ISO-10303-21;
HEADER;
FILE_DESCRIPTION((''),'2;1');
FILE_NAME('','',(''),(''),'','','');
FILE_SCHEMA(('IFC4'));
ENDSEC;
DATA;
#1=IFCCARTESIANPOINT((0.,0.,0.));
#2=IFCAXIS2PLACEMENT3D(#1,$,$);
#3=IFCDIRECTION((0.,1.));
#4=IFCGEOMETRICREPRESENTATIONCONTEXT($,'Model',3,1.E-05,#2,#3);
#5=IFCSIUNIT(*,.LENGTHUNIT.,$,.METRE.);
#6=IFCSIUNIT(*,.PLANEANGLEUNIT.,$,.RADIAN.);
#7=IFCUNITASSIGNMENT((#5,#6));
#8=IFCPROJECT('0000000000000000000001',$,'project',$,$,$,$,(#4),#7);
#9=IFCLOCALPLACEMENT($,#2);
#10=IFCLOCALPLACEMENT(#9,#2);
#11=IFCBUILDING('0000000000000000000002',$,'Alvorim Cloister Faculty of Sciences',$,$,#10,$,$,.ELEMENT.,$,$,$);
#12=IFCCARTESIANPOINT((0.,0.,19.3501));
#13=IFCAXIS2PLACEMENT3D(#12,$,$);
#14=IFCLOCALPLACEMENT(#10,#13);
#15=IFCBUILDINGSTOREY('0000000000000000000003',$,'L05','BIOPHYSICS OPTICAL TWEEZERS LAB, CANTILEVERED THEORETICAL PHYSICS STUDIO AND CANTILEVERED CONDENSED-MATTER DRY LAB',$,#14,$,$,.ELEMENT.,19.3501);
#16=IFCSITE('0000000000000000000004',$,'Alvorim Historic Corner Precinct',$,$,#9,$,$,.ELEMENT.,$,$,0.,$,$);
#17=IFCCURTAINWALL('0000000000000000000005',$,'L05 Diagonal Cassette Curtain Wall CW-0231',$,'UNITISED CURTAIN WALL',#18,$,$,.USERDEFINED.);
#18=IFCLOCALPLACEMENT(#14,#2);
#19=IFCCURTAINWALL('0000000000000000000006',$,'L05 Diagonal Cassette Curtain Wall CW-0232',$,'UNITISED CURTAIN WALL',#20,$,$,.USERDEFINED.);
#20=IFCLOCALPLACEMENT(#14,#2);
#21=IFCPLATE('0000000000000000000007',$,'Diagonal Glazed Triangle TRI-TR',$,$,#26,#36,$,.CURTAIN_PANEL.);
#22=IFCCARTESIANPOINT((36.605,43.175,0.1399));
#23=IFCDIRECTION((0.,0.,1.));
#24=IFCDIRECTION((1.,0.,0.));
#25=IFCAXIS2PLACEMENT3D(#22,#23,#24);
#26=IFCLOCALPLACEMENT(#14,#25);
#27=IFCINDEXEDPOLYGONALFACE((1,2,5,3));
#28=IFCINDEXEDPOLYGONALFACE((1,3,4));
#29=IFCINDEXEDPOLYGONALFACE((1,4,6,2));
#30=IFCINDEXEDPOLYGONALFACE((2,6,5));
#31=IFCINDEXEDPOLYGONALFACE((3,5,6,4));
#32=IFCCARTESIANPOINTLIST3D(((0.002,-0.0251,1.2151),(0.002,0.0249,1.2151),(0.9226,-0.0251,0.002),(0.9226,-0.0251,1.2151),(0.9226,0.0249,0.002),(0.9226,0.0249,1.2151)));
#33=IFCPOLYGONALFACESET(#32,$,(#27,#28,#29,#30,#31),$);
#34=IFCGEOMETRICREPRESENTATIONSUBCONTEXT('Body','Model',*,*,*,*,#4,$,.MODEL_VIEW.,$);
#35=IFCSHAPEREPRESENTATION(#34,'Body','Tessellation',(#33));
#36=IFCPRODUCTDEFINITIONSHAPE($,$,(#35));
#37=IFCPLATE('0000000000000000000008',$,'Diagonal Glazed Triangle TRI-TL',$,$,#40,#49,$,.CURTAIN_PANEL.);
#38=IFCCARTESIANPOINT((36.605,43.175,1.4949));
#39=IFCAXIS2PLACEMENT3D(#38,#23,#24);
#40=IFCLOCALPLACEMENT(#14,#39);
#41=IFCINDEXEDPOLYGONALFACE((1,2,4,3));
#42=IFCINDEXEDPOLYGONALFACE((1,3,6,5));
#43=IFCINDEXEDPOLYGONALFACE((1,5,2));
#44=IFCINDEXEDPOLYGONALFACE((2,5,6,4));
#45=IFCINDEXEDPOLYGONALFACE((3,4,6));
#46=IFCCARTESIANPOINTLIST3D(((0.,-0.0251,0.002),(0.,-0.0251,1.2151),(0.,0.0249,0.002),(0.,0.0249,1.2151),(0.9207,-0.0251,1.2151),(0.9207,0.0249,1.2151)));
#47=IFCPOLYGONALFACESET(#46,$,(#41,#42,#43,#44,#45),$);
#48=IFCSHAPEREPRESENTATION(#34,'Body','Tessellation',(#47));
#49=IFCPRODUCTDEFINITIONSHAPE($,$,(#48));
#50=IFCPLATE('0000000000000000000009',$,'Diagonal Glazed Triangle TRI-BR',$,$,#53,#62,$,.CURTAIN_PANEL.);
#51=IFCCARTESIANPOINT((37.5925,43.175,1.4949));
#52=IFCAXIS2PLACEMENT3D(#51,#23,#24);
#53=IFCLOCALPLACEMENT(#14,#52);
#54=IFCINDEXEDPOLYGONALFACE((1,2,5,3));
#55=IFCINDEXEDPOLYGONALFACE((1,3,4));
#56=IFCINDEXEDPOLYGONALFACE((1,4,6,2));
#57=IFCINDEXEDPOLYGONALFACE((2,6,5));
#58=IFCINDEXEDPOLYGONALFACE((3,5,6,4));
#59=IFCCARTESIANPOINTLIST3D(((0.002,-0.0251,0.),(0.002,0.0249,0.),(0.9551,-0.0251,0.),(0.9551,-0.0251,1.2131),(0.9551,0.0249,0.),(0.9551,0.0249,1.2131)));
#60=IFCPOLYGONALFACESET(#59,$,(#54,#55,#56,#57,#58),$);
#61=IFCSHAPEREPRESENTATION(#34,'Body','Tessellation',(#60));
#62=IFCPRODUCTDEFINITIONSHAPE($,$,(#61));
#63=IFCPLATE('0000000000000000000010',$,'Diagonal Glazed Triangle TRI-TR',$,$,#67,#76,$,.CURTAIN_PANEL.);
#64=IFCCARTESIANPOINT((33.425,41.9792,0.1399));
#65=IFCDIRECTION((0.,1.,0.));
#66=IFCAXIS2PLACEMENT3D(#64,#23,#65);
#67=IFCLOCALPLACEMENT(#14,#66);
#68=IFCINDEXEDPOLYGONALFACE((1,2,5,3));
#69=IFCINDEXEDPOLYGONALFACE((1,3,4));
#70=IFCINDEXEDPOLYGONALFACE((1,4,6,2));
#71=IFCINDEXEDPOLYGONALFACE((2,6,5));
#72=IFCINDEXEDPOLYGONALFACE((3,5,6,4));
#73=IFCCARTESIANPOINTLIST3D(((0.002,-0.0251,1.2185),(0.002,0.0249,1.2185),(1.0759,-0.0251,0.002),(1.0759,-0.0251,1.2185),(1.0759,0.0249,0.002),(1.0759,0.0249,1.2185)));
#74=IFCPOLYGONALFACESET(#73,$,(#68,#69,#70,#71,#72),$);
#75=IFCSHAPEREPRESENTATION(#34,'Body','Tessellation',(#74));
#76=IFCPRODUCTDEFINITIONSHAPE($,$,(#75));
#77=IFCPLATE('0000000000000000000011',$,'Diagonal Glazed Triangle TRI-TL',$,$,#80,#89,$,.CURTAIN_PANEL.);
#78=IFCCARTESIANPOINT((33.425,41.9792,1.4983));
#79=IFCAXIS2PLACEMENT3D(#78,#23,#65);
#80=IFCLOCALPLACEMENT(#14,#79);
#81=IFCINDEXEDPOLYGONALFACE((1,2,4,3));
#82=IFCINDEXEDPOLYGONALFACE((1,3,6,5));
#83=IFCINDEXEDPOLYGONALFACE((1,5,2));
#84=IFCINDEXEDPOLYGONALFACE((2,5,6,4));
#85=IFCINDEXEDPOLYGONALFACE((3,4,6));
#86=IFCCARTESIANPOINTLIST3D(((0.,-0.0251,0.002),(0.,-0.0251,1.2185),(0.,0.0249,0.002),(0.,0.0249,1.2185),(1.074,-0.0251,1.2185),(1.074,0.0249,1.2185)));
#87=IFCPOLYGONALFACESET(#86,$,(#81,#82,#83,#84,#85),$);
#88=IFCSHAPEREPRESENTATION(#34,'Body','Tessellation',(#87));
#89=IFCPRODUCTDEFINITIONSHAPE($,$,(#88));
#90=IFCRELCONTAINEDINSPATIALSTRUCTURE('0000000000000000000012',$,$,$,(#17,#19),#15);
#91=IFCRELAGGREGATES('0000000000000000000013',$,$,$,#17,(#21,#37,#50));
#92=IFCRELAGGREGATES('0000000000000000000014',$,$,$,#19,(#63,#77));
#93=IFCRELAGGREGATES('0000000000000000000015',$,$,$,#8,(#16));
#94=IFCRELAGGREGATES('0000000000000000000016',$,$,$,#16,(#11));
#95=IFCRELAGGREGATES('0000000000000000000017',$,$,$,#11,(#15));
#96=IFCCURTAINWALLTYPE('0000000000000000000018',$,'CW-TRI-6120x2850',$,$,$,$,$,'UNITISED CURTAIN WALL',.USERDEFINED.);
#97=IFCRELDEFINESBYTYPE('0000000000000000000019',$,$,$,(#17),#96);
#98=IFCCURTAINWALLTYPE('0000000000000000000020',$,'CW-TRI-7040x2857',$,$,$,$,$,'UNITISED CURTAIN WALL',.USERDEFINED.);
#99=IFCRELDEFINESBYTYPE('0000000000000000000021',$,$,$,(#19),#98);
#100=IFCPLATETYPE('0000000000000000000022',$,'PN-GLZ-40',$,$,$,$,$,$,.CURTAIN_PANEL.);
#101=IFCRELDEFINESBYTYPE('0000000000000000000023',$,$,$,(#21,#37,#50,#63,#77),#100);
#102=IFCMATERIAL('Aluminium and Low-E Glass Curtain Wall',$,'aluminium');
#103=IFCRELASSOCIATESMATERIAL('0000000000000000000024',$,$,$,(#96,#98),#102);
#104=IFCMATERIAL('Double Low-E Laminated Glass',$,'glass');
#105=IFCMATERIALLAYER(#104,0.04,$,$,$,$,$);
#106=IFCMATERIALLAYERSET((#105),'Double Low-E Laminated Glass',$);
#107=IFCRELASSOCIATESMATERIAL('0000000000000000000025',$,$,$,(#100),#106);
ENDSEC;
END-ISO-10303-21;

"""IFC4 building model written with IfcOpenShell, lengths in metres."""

from ifc_helpers import new_model, si_unit, direction, frame, origin, place, context, subcontext, project, spatial, polyline, outline, extrude, material, layer, layer_set, type_object, element, aggregate, save


model = new_model("IFC4")

# Units and contexts
model_context = context("Model", 3, precision=1e-05, world=origin(), true_north=direction((0.0, 1.0)))
body_context = subcontext(model_context, "Body", "Model", "MODEL_VIEW")
ifc_project = project(units=[si_unit("LENGTHUNIT", "METRE"), si_unit("PLANEANGLEUNIT", "RADIAN")], contexts=[model_context])

# Site, building, storey
site_placement = place(None, origin())
site = spatial("IfcSite", under=ifc_project, at=site_placement, Name="Alvorim Historic Corner Precinct", CompositionType="ELEMENT", RefElevation=0.0)
building_placement = place(site_placement, origin())
building = spatial("IfcBuilding", under=site, at=building_placement, Name="Alvorim Cloister Faculty of Sciences", CompositionType="ELEMENT")
storey_placement = place(building_placement, frame((0.0, 0.0, 19.3501)))
storey = spatial("IfcBuildingStorey", under=building, at=storey_placement, Name="L05", Description="BIOPHYSICS OPTICAL TWEEZERS LAB, CANTILEVERED THEORETICAL PHYSICS STUDIO AND CANTILEVERED CONDENSED-MATTER DRY LAB", CompositionType="ELEMENT", Elevation=19.3501)

# Curtain wall
ifc_material_1 = material(Name="Aluminium and Low-E Glass Curtain Wall", Category="aluminium")
curtain_wall_type_1 = type_object("IfcCurtainWallType", Name="CW-TRI-6120x2850", ElementType="UNITISED CURTAIN WALL", PredefinedType="USERDEFINED", material=ifc_material_1)
curtain_wall_1_placement = place(storey_placement, origin())
curtain_wall_1 = element("IfcCurtainWall", 1, at=curtain_wall_1_placement, inside=storey, type_object=curtain_wall_type_1, Name="L05 Diagonal Cassette Curtain Wall CW-0231", ObjectType="UNITISED CURTAIN WALL", PredefinedType="USERDEFINED")

# Curtain wall
curtain_wall_type_2 = type_object("IfcCurtainWallType", Name="CW-TRI-7040x2857", ElementType="UNITISED CURTAIN WALL", PredefinedType="USERDEFINED", material=ifc_material_1)
curtain_wall_2_placement = place(storey_placement, origin())
curtain_wall_2 = element("IfcCurtainWall", 2, at=curtain_wall_2_placement, inside=storey, type_object=curtain_wall_type_2, Name="L05 Diagonal Cassette Curtain Wall CW-0232", ObjectType="UNITISED CURTAIN WALL", PredefinedType="USERDEFINED")

# Plates
ifc_material_2 = material(Name="Double Low-E Laminated Glass", Category="glass")
ifc_layer_1 = layer(ifc_material_2, 0.04)
ifc_layer_set_1 = layer_set([ifc_layer_1], Name="Double Low-E Laminated Glass")
plate_type = type_object("IfcPlateType", Name="PN-GLZ-40", PredefinedType="CURTAIN_PANEL", material=ifc_layer_set_1)
plate_1_placement = place(storey_placement, frame((36.605, 43.175, 0.1399), z_axis=(0.0, 0.0, 1.0), x_axis=(1.0, 0.0, 0.0)))
plate_1 = element("IfcPlate", 3, at=plate_1_placement, type_object=plate_type, Name="Diagonal Glazed Triangle TRI-TR", PredefinedType="CURTAIN_PANEL", context=body_context, shape_type="SweptSolid", body=[
    extrude(outline(polyline([(0.9226, 0.002), (0.9226, 1.2151), (0.002, 1.2151), (0.9226, 0.002)])), frame((0.0, 0.0249, 0.0), z_axis=(0.0, -1.0, 0.0), x_axis=(1.0, 0.0, 0.0)), (0.0, 0.0, 1.0), 0.05),
])
plate_2_placement = place(storey_placement, frame((36.605, 43.175, 1.4949), z_axis=(0.0, 0.0, 1.0), x_axis=(1.0, 0.0, 0.0)))
plate_2 = element("IfcPlate", 4, at=plate_2_placement, type_object=plate_type, Name="Diagonal Glazed Triangle TRI-TL", PredefinedType="CURTAIN_PANEL", context=body_context, shape_type="SweptSolid", body=[
    extrude(outline(polyline([(0.9207, 1.2151), (0.0, 1.2151), (0.0, 0.002), (0.9207, 1.2151)])), frame((0.0, 0.0249, 0.0), z_axis=(0.0, -1.0, 0.0), x_axis=(1.0, 0.0, 0.0)), (0.0, 0.0, 1.0), 0.05),
])
plate_3_placement = place(storey_placement, frame((37.5925, 43.175, 1.4949), z_axis=(0.0, 0.0, 1.0), x_axis=(1.0, 0.0, 0.0)))
plate_3 = element("IfcPlate", 5, at=plate_3_placement, type_object=plate_type, Name="Diagonal Glazed Triangle TRI-BR", PredefinedType="CURTAIN_PANEL", context=body_context, shape_type="SweptSolid", body=[
    extrude(outline(polyline([(0.002, 0.0), (0.9551, 0.0), (0.9551, 1.2131), (0.002, 0.0)])), frame((0.0, 0.0249, 0.0), z_axis=(0.0, -1.0, 0.0), x_axis=(1.0, 0.0, 0.0)), (0.0, 0.0, 1.0), 0.05),
])
aggregate(curtain_wall_1, [plate_1, plate_2, plate_3])
plate_4_placement = place(storey_placement, frame((33.425, 41.9792, 0.1399), z_axis=(0.0, 0.0, 1.0), x_axis=(0.0, 1.0, 0.0)))
plate_4 = element("IfcPlate", 6, at=plate_4_placement, type_object=plate_type, Name="Diagonal Glazed Triangle TRI-TR", PredefinedType="CURTAIN_PANEL", context=body_context, shape_type="SweptSolid", body=[
    extrude(outline(polyline([(1.0759, 0.002), (1.0759, 1.2185), (0.002, 1.2185), (1.0759, 0.002)])), frame((0.0, 0.0249, 0.0), z_axis=(0.0, -1.0, 0.0), x_axis=(1.0, 0.0, 0.0)), (0.0, 0.0, 1.0), 0.05),
])
plate_5_placement = place(storey_placement, frame((33.425, 41.9792, 1.4983), z_axis=(0.0, 0.0, 1.0), x_axis=(0.0, 1.0, 0.0)))
plate_5 = element("IfcPlate", 7, at=plate_5_placement, type_object=plate_type, Name="Diagonal Glazed Triangle TRI-TL", PredefinedType="CURTAIN_PANEL", context=body_context, shape_type="SweptSolid", body=[
    extrude(outline(polyline([(1.074, 1.2185), (0.0, 1.2185), (0.0, 0.002), (1.074, 1.2185)])), frame((0.0, 0.0249, 0.0), z_axis=(0.0, -1.0, 0.0), x_axis=(1.0, 0.0, 0.0)), (0.0, 0.0, 1.0), 0.05),
])
aggregate(curtain_wall_2, [plate_4, plate_5])

save(model, "model.ifc")
